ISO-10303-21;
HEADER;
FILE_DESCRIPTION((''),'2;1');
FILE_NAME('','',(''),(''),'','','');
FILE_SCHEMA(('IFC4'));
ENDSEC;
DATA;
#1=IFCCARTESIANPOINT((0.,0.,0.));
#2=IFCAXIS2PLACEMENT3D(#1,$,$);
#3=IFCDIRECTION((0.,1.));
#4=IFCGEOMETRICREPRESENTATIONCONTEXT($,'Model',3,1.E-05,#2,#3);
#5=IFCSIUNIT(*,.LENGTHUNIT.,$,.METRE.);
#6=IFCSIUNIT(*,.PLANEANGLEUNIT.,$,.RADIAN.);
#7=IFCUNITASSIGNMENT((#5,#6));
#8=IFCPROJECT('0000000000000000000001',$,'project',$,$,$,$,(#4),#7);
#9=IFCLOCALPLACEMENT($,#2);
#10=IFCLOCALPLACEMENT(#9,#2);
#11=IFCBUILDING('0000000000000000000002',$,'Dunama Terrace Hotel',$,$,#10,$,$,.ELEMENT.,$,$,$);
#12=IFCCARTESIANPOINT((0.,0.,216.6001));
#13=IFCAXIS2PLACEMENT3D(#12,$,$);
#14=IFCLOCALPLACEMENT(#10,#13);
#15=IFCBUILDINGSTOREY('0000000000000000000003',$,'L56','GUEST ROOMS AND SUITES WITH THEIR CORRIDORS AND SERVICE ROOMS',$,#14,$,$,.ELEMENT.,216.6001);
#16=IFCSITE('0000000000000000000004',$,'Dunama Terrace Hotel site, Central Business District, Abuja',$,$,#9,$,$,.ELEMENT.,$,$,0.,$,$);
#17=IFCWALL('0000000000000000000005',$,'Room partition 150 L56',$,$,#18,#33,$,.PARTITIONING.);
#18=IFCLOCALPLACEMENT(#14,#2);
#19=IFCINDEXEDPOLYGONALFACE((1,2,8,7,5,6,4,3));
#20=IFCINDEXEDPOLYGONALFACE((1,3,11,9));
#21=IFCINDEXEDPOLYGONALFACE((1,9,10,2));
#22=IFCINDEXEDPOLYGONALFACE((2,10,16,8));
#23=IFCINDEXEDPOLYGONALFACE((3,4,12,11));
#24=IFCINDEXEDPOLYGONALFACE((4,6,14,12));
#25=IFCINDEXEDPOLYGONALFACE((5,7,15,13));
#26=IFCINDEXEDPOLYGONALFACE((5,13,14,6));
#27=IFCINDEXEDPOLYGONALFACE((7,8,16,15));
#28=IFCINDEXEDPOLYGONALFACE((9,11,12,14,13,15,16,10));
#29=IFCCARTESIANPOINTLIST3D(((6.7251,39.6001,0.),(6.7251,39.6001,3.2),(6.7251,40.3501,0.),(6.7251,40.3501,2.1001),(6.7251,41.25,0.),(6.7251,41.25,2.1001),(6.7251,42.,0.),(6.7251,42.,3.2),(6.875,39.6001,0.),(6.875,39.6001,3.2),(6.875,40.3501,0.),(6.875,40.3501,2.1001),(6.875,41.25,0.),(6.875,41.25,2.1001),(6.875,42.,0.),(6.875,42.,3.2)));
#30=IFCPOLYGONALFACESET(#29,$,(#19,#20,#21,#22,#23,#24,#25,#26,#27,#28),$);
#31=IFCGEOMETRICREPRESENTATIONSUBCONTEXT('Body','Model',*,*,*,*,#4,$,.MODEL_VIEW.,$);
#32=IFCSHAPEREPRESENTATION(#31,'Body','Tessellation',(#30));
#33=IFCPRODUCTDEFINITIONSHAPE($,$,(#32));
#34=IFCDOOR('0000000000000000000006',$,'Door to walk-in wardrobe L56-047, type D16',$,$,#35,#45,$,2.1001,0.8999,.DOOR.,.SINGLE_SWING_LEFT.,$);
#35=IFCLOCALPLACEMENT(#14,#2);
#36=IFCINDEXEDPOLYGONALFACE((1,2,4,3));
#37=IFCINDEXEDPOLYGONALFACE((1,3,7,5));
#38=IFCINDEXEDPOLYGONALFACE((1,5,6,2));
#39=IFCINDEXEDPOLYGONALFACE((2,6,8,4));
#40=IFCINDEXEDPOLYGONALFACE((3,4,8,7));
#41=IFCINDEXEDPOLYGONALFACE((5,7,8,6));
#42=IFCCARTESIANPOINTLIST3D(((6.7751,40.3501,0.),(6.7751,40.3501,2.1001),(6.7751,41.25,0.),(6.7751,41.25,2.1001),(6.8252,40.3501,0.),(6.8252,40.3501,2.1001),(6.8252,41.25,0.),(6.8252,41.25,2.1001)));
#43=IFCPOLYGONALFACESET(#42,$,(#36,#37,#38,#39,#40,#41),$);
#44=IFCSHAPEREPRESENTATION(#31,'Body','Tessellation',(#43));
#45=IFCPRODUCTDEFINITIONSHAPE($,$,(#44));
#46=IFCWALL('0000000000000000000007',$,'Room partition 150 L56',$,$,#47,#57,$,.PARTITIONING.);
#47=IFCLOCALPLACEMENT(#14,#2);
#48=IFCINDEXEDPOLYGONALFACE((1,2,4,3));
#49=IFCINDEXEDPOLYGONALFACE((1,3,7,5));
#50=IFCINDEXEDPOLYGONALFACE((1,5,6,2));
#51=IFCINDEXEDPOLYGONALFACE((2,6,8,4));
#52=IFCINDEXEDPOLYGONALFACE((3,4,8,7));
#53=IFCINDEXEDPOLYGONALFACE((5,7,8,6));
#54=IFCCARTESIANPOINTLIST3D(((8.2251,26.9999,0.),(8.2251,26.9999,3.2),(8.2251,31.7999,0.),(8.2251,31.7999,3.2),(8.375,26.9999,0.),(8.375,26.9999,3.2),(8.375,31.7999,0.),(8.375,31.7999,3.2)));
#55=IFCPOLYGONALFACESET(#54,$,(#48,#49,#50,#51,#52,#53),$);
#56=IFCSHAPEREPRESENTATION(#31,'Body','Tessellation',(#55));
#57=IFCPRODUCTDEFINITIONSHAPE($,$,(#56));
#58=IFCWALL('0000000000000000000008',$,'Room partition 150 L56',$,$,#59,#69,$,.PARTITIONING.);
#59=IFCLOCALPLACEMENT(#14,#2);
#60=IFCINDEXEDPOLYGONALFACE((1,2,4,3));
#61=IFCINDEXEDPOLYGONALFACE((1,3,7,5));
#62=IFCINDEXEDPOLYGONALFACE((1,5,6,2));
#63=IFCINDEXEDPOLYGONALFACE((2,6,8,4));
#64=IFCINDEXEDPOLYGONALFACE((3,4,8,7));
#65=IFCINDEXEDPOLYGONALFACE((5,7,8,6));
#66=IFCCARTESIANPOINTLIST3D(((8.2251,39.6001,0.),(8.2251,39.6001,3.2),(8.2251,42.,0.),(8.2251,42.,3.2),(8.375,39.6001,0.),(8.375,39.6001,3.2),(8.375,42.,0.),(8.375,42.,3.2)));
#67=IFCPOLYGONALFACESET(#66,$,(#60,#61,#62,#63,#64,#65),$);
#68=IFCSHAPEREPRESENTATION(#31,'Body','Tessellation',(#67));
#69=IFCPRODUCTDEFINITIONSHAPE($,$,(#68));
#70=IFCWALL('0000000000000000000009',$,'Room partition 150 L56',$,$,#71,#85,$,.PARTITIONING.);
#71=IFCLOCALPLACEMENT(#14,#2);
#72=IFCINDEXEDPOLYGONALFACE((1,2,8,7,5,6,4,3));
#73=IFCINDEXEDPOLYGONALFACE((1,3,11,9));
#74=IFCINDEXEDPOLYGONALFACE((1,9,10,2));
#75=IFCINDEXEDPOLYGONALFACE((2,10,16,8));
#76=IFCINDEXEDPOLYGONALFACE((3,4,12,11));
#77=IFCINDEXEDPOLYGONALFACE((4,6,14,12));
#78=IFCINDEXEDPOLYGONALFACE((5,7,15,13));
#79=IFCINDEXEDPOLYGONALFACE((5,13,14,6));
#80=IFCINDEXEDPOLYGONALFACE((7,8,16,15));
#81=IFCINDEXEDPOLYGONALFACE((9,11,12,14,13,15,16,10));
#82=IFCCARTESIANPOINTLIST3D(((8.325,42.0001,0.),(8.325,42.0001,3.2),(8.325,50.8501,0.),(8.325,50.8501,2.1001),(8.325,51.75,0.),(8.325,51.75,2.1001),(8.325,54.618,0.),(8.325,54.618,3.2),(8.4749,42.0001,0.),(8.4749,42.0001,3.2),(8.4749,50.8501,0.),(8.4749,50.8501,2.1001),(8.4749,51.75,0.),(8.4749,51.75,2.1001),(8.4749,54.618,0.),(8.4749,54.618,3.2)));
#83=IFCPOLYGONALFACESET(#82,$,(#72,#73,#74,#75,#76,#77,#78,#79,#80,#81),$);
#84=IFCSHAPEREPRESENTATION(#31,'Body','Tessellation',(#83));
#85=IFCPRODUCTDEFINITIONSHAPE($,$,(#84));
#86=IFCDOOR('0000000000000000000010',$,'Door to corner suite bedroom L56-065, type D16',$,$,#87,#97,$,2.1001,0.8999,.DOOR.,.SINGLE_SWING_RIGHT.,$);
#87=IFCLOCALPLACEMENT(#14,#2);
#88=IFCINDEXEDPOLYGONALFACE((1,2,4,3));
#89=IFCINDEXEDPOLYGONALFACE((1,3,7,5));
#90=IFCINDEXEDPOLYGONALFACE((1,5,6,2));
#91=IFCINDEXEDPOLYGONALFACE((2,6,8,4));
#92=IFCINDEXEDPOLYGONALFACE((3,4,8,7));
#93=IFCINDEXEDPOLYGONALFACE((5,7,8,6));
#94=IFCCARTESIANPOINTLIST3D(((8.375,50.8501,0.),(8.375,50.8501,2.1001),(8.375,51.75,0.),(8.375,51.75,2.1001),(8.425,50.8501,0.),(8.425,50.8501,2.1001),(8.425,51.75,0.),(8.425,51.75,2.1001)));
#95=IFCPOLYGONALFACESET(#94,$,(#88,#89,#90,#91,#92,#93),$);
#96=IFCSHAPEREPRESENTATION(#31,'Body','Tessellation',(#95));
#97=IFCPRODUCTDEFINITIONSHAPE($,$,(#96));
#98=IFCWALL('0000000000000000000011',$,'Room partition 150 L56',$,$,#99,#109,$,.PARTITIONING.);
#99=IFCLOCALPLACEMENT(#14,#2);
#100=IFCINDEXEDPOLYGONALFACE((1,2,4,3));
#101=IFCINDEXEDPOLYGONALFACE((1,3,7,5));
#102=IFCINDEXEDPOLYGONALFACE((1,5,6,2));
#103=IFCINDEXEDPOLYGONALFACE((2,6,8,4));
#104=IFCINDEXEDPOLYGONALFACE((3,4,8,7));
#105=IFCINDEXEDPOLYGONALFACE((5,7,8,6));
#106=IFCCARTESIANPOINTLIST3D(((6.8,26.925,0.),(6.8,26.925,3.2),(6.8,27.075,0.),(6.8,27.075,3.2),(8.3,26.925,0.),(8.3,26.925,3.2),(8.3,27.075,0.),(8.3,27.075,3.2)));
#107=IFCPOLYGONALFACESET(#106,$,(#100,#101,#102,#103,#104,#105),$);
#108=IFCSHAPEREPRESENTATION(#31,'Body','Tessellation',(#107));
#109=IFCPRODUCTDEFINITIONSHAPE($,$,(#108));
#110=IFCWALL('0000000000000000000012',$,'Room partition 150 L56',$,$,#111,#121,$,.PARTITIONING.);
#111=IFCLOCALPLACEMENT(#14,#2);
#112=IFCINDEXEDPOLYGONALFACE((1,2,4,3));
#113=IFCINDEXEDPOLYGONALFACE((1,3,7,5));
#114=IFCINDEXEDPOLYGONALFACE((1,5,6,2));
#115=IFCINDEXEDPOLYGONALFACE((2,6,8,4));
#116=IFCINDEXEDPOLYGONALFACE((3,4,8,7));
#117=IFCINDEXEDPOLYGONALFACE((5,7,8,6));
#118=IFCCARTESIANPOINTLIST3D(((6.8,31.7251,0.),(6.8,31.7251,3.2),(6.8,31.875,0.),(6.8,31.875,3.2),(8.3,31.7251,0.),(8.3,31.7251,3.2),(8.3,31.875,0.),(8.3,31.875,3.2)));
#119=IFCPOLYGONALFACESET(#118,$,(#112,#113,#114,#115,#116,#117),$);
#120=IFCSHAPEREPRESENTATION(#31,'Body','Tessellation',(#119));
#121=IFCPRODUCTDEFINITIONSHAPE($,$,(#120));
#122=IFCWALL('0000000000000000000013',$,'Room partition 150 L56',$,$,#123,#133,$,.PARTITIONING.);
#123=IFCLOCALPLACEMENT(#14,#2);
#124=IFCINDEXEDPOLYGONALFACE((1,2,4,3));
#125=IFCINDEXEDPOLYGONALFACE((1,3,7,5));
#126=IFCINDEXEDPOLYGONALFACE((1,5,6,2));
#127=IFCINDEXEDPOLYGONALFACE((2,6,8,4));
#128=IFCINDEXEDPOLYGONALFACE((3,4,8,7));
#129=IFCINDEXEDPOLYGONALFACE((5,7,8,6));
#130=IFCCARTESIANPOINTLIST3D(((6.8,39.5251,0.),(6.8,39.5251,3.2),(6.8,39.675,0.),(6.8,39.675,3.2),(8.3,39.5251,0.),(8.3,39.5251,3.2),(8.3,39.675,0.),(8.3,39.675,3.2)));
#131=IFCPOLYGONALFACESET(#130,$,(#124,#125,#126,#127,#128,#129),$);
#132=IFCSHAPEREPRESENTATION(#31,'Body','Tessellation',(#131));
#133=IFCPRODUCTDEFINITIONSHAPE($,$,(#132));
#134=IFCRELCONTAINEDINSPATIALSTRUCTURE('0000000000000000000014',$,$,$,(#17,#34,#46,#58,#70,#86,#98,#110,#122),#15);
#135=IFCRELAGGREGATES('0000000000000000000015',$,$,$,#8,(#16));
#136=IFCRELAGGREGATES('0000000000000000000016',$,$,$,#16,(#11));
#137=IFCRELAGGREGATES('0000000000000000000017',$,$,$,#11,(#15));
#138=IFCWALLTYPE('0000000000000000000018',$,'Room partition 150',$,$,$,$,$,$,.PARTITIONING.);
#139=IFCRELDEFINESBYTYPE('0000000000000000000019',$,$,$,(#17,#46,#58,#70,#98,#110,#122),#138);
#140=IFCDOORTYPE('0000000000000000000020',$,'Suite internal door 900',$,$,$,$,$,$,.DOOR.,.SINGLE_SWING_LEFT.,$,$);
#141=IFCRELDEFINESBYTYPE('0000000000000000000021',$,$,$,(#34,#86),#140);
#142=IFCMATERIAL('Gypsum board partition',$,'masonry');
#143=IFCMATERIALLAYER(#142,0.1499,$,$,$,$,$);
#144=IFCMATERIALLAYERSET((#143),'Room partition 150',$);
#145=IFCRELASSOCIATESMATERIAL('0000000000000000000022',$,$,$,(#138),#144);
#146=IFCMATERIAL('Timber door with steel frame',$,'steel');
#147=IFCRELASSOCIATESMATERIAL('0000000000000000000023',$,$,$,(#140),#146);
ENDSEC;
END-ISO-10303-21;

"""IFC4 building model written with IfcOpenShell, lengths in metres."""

from ifc_helpers import new_model, si_unit, direction, frame, frame_2d, origin, place, context, subcontext, project, spatial, rectangle, extrude, material, layer, layer_set, type_object, element, fill, save


model = new_model("IFC4")

# Units and contexts
model_context = context("Model", 3, precision=1e-05, world=origin(), true_north=direction((0.0, 1.0)))
body_context = subcontext(model_context, "Body", "Model", "MODEL_VIEW")
ifc_project = project(units=[si_unit("LENGTHUNIT", "METRE"), si_unit("PLANEANGLEUNIT", "RADIAN")], contexts=[model_context])

# Site, building, storey
site_placement = place(None, origin())
site = spatial("IfcSite", under=ifc_project, at=site_placement, Name="Dunama Terrace Hotel site, Central Business District, Abuja", CompositionType="ELEMENT", RefElevation=0.0)
building_placement = place(site_placement, origin())
building = spatial("IfcBuilding", under=site, at=building_placement, Name="Dunama Terrace Hotel", CompositionType="ELEMENT")
storey_placement = place(building_placement, frame((0.0, 0.0, 216.6001)))
storey = spatial("IfcBuildingStorey", under=building, at=storey_placement, Name="L56", Description="GUEST ROOMS AND SUITES WITH THEIR CORRIDORS AND SERVICE ROOMS", CompositionType="ELEMENT", Elevation=216.6001)

# Shared definitions
ifc_material_1 = material(Name="Gypsum board partition", Category="masonry")
ifc_layer_1 = layer(ifc_material_1, 0.1499)
ifc_layer_set_1 = layer_set([ifc_layer_1], Name="Room partition 150")
wall_type_1 = type_object("IfcWallType", Name="Room partition 150", PredefinedType="PARTITIONING", material=ifc_layer_set_1)
ifc_material_2 = material(Name="Timber door with steel frame", Category="steel")
door_type_1 = type_object("IfcDoorType", Name="Suite internal door 900", OperationType="SINGLE_SWING_LEFT", PredefinedType="DOOR", material=ifc_material_2)

# Wall, opening, door
wall_1_placement = place(storey_placement, frame((6.8, 39.6001, 0.0), z_axis=(0.0, 0.0, 1.0), x_axis=(0.0, 1.0, 0.0)))
wall_1 = element("IfcWall", 1, at=wall_1_placement, inside=storey, type_object=wall_type_1, Name="Room partition 150 L56", PredefinedType="PARTITIONING", context=body_context, shape_type="SweptSolid", body=[
    extrude(rectangle(XDim=2.3999, YDim=0.1499, at=frame_2d((1.2, 0.0))), origin(), (0.0, 0.0, 1.0), 3.2),
])
opening_1_placement = place(wall_1_placement, frame((0.75, 0.0, 0.0)))
opening_1 = element("IfcOpeningElement", 2, at=opening_1_placement, cuts=wall_1, PredefinedType="OPENING", context=body_context, shape_type="SweptSolid", body=[
    extrude(rectangle(XDim=0.8999, YDim=2.1001, at=frame_2d((0.45, 1.05))), frame((0.0, 0.085, 0.0), z_axis=(0.0, -1.0, 0.0), x_axis=(1.0, 0.0, 0.0)), (0.0, 0.0, 1.0), 0.1699),
])
door_1_placement = place(opening_1_placement, frame((0.8999, 0.0, 0.0), z_axis=(0.0, 0.0, 1.0), x_axis=(-1.0, 0.0, 0.0)))
door_1 = element("IfcDoor", 3, at=door_1_placement, inside=storey, type_object=door_type_1, Name="Door to walk-in wardrobe L56-047, type D16", OperationType="SINGLE_SWING_LEFT", OverallHeight=2.1001, OverallWidth=0.8999, PredefinedType="DOOR", context=body_context, shape_type="SweptSolid", body=[
    extrude(rectangle(XDim=0.8999, YDim=2.1001, at=frame_2d((0.45, 1.05))), frame((0.0, 0.0251, 0.0), z_axis=(0.0, -1.0, 0.0), x_axis=(1.0, 0.0, 0.0)), (0.0, 0.0, 1.0), 0.05),
])
fill(opening_1, door_1)

# Walls
wall_2_placement = place(storey_placement, frame((8.3, 27.0, 0.0), z_axis=(0.0, 0.0, 1.0), x_axis=(0.0, 1.0, 0.0)))
element("IfcWall", 4, at=wall_2_placement, inside=storey, type_object=wall_type_1, Name="Room partition 150 L56", PredefinedType="PARTITIONING", context=body_context, shape_type="SweptSolid", body=[
    extrude(rectangle(XDim=4.8, YDim=0.1499, at=frame_2d((2.3999, 0.0))), origin(), (0.0, 0.0, 1.0), 3.2),
])
wall_3_placement = place(storey_placement, frame((8.3, 39.6001, 0.0), z_axis=(0.0, 0.0, 1.0), x_axis=(0.0, 1.0, 0.0)))
element("IfcWall", 5, at=wall_3_placement, inside=storey, type_object=wall_type_1, Name="Room partition 150 L56", PredefinedType="PARTITIONING", context=body_context, shape_type="SweptSolid", body=[
    extrude(rectangle(XDim=2.3999, YDim=0.1499, at=frame_2d((1.2, 0.0))), origin(), (0.0, 0.0, 1.0), 3.2),
])

# Wall, opening, door
wall_4_placement = place(storey_placement, frame((8.3999, 42.0, 0.0), z_axis=(0.0, 0.0, 1.0), x_axis=(0.0, 1.0, 0.0)))
wall_4 = element("IfcWall", 6, at=wall_4_placement, inside=storey, type_object=wall_type_1, Name="Room partition 150 L56", PredefinedType="PARTITIONING", context=body_context, shape_type="SweptSolid", body=[
    extrude(rectangle(XDim=12.6179, YDim=0.1499, at=frame_2d((6.3091, 0.0))), origin(), (0.0, 0.0, 1.0), 3.2),
])
opening_2_placement = place(wall_4_placement, frame((8.8501, 0.0, 0.0)))
opening_2 = element("IfcOpeningElement", 7, at=opening_2_placement, cuts=wall_4, PredefinedType="OPENING", context=body_context, shape_type="SweptSolid", body=[
    extrude(rectangle(XDim=0.8999, YDim=2.1001, at=frame_2d((0.45, 1.05))), frame((0.0, 0.085, 0.0), z_axis=(0.0, -1.0, 0.0), x_axis=(1.0, 0.0, 0.0)), (0.0, 0.0, 1.0), 0.1699),
])
door_2_placement = place(opening_2_placement, origin())
door_2 = element("IfcDoor", 8, at=door_2_placement, inside=storey, type_object=door_type_1, Name="Door to corner suite bedroom L56-065, type D16", OperationType="SINGLE_SWING_RIGHT", OverallHeight=2.1001, OverallWidth=0.8999, PredefinedType="DOOR", context=body_context, shape_type="SweptSolid", body=[
    extrude(rectangle(XDim=0.8999, YDim=2.1001, at=frame_2d((0.45, 1.05))), frame((0.0, 0.0249, 0.0), z_axis=(0.0, -1.0, 0.0), x_axis=(1.0, 0.0, 0.0)), (0.0, 0.0, 1.0), 0.05),
])
fill(opening_2, door_2)

# Walls
for number, where, z_axis, x_axis, name in (
    (9, (6.8, 27.0, 0.0), (0.0, 0.0, 1.0), (1.0, 0.0, 0.0), "Room partition 150 L56"),
    (10, (6.8, 31.8, 0.0), (0.0, 0.0, 1.0), (1.0, 0.0, 0.0), "Room partition 150 L56"),
    (11, (6.8, 39.6001, 0.0), (0.0, 0.0, 1.0), (1.0, 0.0, 0.0), "Room partition 150 L56"),
):
    element("IfcWall", number, at=place(storey_placement, frame(where, z_axis=z_axis, x_axis=x_axis)), inside=storey, type_object=wall_type_1, Name=name, PredefinedType="PARTITIONING", context=body_context, shape_type="SweptSolid", body=[
        extrude(rectangle(XDim=1.5, YDim=0.1499, at=frame_2d((0.75, 0.0))), origin(), (0.0, 0.0, 1.0), 3.2),
    ])

save(model, "model.ifc")
